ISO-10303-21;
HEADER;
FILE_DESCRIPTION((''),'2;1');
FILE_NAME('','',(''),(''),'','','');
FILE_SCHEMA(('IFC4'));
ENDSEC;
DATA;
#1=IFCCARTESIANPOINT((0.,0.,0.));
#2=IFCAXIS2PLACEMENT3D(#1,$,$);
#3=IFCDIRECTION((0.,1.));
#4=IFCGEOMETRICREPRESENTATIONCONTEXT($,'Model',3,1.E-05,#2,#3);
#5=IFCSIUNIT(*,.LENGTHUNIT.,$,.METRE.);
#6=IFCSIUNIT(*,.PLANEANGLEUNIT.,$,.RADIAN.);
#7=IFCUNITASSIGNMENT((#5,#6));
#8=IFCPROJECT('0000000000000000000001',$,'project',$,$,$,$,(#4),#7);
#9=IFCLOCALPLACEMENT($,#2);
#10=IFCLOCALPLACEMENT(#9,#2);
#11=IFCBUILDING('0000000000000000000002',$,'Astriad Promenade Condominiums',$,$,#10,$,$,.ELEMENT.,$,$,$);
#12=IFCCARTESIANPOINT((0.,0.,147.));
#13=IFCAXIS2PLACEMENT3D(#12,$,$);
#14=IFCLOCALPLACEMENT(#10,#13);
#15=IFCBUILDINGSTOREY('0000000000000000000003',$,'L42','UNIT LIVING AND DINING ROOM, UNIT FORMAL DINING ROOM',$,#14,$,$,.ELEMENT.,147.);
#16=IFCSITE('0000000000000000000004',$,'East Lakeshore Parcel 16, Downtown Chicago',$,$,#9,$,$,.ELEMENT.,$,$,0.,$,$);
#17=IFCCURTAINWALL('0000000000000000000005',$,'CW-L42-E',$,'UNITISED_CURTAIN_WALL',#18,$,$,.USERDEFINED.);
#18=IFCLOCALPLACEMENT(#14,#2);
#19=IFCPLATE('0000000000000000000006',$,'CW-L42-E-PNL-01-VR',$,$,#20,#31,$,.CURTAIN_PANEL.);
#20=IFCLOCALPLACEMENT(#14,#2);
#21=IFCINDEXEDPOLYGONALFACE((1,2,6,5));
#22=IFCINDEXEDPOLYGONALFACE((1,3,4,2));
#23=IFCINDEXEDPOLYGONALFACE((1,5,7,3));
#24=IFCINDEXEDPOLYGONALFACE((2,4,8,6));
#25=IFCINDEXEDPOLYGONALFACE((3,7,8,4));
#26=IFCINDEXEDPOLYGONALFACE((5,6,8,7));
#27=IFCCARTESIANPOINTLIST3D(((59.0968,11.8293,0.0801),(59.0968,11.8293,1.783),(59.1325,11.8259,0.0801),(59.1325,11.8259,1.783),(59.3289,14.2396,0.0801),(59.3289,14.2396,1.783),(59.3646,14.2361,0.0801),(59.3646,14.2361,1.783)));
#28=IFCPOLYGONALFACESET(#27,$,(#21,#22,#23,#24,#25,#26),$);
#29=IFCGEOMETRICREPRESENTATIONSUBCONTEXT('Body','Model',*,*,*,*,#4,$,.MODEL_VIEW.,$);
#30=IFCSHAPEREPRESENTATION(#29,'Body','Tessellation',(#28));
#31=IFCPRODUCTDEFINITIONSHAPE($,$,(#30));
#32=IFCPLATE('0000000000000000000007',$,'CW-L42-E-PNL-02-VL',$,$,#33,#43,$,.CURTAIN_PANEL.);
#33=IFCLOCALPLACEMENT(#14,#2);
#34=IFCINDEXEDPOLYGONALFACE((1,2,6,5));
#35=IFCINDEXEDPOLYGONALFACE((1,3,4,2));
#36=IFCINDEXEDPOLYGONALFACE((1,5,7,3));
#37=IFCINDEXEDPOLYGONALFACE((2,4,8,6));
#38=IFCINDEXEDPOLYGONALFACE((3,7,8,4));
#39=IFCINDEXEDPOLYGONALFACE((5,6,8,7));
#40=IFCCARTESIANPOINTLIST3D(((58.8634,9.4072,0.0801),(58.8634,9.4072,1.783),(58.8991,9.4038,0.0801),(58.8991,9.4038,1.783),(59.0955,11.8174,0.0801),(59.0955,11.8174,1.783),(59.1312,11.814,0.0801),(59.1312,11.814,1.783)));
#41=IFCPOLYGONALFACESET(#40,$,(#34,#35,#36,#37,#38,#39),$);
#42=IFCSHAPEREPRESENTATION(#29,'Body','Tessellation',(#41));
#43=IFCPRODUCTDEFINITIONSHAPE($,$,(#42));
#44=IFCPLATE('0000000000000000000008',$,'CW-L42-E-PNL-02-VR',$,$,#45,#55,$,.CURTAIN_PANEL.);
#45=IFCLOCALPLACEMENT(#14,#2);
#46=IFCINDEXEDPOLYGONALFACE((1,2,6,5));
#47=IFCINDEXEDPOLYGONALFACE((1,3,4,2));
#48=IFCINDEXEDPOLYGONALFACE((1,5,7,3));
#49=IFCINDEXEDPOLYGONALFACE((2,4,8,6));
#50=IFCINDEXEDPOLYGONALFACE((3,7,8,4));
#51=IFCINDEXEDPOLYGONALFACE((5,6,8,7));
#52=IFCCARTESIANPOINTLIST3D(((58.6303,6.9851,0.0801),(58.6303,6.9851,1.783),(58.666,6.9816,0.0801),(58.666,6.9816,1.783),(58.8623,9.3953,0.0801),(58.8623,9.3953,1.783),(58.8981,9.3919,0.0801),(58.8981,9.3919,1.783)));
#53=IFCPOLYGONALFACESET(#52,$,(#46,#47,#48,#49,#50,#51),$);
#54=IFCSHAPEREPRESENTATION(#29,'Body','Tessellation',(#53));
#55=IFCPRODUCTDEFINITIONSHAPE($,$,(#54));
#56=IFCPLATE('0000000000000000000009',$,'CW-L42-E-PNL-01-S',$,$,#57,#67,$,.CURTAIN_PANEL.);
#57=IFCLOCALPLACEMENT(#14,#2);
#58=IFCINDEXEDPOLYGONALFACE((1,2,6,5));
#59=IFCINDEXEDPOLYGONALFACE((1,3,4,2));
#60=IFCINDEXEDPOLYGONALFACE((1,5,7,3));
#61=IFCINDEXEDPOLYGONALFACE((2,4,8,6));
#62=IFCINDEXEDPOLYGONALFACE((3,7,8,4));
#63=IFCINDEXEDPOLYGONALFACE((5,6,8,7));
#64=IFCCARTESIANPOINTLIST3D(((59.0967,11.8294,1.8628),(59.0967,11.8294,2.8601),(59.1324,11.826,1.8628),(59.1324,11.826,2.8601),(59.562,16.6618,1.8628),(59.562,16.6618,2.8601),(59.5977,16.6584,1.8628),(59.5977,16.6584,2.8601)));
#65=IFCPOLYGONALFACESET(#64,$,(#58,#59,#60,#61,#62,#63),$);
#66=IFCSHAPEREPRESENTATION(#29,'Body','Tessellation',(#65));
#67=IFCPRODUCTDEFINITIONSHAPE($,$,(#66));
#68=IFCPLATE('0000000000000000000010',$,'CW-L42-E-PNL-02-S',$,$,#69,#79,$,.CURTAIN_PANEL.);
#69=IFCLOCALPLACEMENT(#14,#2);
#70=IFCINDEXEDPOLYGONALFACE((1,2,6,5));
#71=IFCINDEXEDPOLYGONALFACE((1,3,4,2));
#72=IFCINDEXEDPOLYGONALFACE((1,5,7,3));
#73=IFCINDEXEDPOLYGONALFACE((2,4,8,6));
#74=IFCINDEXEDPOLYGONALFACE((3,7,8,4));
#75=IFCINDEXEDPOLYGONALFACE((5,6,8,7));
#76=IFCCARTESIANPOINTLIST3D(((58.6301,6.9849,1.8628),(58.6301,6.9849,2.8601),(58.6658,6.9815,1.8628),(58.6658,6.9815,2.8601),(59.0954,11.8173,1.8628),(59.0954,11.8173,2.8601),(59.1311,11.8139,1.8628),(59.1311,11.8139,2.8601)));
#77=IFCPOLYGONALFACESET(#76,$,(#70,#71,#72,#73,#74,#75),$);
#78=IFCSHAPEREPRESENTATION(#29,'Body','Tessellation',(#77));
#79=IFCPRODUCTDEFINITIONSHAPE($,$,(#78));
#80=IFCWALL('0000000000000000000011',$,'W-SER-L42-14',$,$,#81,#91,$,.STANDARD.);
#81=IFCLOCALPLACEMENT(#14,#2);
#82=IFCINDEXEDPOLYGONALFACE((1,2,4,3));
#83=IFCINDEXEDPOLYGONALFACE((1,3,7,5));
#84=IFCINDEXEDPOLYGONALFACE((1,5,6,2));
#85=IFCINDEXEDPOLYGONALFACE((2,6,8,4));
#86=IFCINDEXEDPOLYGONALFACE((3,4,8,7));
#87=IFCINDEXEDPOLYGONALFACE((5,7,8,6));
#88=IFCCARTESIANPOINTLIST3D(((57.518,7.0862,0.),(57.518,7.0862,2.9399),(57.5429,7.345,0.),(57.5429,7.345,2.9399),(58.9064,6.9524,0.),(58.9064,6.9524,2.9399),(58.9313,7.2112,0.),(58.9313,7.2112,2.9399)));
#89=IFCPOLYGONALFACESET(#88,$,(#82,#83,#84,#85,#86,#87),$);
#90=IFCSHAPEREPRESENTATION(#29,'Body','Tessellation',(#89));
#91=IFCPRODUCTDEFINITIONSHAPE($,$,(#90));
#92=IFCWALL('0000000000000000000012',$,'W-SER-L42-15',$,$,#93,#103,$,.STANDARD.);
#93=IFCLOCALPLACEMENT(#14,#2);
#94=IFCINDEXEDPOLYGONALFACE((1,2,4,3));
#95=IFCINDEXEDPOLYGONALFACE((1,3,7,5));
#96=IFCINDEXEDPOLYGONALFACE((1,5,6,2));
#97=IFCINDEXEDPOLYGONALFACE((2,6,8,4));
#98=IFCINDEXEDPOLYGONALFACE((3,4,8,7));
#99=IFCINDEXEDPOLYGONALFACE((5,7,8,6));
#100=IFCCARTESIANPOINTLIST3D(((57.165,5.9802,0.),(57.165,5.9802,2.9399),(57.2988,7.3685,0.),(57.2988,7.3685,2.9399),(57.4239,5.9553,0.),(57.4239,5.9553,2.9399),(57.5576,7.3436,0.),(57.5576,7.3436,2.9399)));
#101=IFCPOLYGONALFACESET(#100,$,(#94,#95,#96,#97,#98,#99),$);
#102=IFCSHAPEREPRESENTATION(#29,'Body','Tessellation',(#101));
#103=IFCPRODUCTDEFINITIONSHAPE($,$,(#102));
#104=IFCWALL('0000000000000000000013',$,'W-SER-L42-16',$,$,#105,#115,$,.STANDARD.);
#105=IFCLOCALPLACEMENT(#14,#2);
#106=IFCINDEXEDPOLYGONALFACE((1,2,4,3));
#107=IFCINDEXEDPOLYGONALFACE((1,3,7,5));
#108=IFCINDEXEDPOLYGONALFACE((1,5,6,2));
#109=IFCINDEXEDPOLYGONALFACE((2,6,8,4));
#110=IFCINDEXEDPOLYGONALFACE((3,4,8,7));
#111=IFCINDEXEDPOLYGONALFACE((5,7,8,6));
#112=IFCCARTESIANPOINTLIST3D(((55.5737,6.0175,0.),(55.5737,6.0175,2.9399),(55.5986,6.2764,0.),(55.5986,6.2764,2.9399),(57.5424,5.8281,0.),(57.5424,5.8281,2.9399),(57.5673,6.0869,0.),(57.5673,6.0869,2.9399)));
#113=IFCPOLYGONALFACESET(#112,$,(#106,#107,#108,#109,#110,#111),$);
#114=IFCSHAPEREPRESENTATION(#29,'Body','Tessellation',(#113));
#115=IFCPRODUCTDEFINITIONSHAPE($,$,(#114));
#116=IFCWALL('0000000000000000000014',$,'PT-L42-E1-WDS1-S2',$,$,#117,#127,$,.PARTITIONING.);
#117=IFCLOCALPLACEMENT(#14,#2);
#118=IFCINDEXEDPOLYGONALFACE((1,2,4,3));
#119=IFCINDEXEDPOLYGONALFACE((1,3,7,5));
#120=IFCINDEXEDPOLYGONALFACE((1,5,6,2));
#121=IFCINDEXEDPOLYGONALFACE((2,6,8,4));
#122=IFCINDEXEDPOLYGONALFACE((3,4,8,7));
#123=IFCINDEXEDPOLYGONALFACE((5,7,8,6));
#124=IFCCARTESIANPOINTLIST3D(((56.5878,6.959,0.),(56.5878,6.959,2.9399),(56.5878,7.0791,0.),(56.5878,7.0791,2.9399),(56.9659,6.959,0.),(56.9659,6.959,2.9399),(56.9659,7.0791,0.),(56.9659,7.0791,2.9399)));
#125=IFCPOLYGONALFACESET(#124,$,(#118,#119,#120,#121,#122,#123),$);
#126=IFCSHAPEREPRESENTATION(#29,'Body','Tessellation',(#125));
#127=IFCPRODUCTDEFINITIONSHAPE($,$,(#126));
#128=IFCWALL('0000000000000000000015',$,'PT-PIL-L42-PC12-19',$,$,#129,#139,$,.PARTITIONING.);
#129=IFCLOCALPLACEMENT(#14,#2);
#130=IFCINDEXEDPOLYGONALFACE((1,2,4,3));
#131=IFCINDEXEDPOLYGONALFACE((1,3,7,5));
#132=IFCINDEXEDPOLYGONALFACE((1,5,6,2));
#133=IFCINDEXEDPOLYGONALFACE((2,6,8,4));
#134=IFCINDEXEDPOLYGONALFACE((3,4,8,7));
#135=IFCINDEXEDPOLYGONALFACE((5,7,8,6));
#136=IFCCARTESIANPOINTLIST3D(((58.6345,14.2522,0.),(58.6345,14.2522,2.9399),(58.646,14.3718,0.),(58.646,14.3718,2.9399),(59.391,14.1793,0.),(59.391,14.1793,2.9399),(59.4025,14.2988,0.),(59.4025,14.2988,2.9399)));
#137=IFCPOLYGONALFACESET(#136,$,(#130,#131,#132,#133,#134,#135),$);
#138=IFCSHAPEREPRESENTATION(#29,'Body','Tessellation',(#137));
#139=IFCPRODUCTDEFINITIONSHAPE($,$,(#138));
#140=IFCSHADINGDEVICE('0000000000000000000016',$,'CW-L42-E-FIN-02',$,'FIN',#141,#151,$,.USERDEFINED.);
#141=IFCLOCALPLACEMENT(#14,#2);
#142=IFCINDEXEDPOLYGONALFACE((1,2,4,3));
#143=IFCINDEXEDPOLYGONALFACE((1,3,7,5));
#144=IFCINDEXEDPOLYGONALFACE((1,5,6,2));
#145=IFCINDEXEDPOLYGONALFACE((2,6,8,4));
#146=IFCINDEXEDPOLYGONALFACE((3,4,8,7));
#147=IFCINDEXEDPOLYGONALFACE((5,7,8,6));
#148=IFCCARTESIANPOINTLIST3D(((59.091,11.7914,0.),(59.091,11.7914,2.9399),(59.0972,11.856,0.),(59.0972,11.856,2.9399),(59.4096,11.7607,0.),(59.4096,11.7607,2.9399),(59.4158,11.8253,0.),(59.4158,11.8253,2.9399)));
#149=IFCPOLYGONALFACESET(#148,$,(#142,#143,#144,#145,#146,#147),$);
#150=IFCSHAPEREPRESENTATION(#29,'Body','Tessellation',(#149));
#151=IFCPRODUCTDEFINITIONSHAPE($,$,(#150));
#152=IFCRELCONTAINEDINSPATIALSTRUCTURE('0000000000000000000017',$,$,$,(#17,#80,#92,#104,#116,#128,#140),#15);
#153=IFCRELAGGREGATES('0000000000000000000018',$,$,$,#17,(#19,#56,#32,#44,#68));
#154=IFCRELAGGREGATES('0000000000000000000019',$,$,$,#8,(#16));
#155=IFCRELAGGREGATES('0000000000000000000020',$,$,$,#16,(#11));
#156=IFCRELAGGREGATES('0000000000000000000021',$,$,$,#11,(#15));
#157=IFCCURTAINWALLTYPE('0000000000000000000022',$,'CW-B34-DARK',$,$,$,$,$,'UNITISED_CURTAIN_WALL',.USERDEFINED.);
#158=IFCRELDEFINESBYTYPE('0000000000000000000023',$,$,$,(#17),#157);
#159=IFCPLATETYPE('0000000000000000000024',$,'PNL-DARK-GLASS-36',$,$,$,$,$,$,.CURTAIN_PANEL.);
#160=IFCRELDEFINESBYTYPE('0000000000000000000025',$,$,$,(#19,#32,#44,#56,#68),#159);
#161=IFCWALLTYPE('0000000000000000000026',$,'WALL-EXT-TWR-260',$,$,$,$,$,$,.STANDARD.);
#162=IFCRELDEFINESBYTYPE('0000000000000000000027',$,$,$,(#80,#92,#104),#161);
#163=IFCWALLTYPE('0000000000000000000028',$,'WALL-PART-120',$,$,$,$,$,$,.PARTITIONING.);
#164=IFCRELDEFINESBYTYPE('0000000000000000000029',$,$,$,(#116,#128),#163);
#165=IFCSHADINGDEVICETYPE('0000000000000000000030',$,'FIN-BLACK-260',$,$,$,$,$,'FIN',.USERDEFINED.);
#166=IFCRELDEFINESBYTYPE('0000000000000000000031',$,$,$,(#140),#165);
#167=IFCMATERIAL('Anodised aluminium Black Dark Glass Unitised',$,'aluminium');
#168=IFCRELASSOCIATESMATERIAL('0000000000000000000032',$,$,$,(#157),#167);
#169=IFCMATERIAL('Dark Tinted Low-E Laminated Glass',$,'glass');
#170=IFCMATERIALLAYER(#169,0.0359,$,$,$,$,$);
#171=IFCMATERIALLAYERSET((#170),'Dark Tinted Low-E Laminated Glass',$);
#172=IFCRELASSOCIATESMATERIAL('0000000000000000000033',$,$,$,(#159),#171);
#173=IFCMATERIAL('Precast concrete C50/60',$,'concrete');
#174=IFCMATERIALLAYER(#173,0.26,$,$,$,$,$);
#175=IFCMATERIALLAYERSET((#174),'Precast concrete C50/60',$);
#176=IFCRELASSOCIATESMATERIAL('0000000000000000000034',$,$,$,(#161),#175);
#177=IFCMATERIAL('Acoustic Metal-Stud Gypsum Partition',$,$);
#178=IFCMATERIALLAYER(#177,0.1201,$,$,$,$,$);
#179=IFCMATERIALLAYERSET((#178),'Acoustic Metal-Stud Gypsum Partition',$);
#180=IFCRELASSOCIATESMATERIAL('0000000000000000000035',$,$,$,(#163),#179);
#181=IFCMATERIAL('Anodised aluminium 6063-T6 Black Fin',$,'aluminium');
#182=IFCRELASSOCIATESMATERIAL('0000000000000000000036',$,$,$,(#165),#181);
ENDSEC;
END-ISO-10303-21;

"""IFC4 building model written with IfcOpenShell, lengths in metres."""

from ifc_helpers import new_model, si_unit, direction, frame, frame_2d, origin, origin_2d, place, context, subcontext, project, spatial, rectangle, extrude, source, transform, mapped, material, layer, layer_set, type_object, type_shapes, element, aggregate, save


model = new_model("IFC4")

# Units and contexts
model_context = context("Model", 3, precision=1e-05, world=origin(), true_north=direction((0.0, 1.0)))
body_context = subcontext(model_context, "Body", "Model", "MODEL_VIEW")
ifc_project = project(units=[si_unit("LENGTHUNIT", "METRE"), si_unit("PLANEANGLEUNIT", "RADIAN")], contexts=[model_context])

# Site, building, storey
site_placement = place(None, origin())
site = spatial("IfcSite", under=ifc_project, at=site_placement, Name="East Lakeshore Parcel 16, Downtown Chicago", CompositionType="ELEMENT", RefElevation=0.0)
building_placement = place(site_placement, origin())
building = spatial("IfcBuilding", under=site, at=building_placement, Name="Astriad Promenade Condominiums", CompositionType="ELEMENT")
storey_placement = place(building_placement, frame((0.0, 0.0, 147.0)))
storey = spatial("IfcBuildingStorey", under=building, at=storey_placement, Name="L42", Description="UNIT LIVING AND DINING ROOM, UNIT FORMAL DINING ROOM", CompositionType="ELEMENT", Elevation=147.0)

# Curtain wall, plates
ifc_material_1 = material(Name="Anodised aluminium Black Dark Glass Unitised", Category="aluminium")
curtain_wall_type = type_object("IfcCurtainWallType", Name="CW-B34-DARK", ElementType="UNITISED_CURTAIN_WALL", PredefinedType="USERDEFINED", material=ifc_material_1)
curtain_wall_placement = place(storey_placement, origin())
curtain_wall = element("IfcCurtainWall", 1, at=curtain_wall_placement, inside=storey, type_object=curtain_wall_type, Name="CW-L42-E", ObjectType="UNITISED_CURTAIN_WALL", PredefinedType="USERDEFINED")
ifc_material_2 = material(Name="Dark Tinted Low-E Laminated Glass", Category="glass")
ifc_layer_1 = layer(ifc_material_2, 0.0359)
ifc_layer_set_1 = layer_set([ifc_layer_1], Name="Dark Tinted Low-E Laminated Glass")
plate_type = type_object("IfcPlateType", Name="PNL-DARK-GLASS-36", PredefinedType="CURTAIN_PANEL", material=ifc_layer_set_1)
shared_shape_1 = source(origin(), body_context, "Body", "SweptSolid", [
    extrude(rectangle(XDim=2.4214, YDim=0.0359, at=origin_2d()), origin(), (0.0, 0.0, 1.0), 1.7029),
])
plate_1_placement = place(storey_placement, frame((59.2307, 13.0327, 0.0801), z_axis=(0.0, 0.0, 1.0), x_axis=(-0.095846, -0.995396, 0.0)))
plate_1 = element("IfcPlate", 2, at=plate_1_placement, type_object=plate_type, Name="CW-L42-E-PNL-01-VR", PredefinedType="CURTAIN_PANEL", context=body_context, shape_type="MappedRepresentation", body=[
    mapped(shared_shape_1, transform((0.0, 0.0, 0.0), scale=1.0)),
])
plate_2_placement = place(storey_placement, frame((58.9973, 10.6106, 0.0801), z_axis=(0.0, 0.0, 1.0), x_axis=(-0.095846, -0.995396, 0.0)))
plate_2 = element("IfcPlate", 3, at=plate_2_placement, type_object=plate_type, Name="CW-L42-E-PNL-02-VL", PredefinedType="CURTAIN_PANEL", context=body_context, shape_type="MappedRepresentation", body=[
    mapped(shared_shape_1, transform((0.0, 0.0, 0.0), scale=1.0)),
])
plate_3_placement = place(storey_placement, frame((58.7642, 8.1885, 0.0801), z_axis=(0.0, 0.0, 1.0), x_axis=(-0.095846, -0.995396, 0.0)))
plate_3 = element("IfcPlate", 4, at=plate_3_placement, type_object=plate_type, Name="CW-L42-E-PNL-02-VR", PredefinedType="CURTAIN_PANEL", context=body_context, shape_type="MappedRepresentation", body=[
    mapped(shared_shape_1, transform((0.0, 0.0, 0.0), scale=1.0)),
])
shared_shape_2 = source(origin(), body_context, "Body", "SweptSolid", [
    extrude(rectangle(XDim=4.8547, YDim=0.0359, at=origin_2d()), origin(), (0.0, 0.0, 1.0), 0.9973),
])
type_shapes(plate_type, [shared_shape_1, shared_shape_2])
plate_4_placement = place(storey_placement, frame((59.3472, 14.2439, 1.8628), z_axis=(0.0, 0.0, 1.0), x_axis=(-0.095846, -0.995396, 0.0)))
plate_4 = element("IfcPlate", 5, at=plate_4_placement, type_object=plate_type, Name="CW-L42-E-PNL-01-S", PredefinedType="CURTAIN_PANEL", context=body_context, shape_type="MappedRepresentation", body=[
    mapped(shared_shape_2, transform((0.0, 0.0, 0.0), scale=1.0)),
])
plate_5_placement = place(storey_placement, frame((58.8806, 9.3994, 1.8628), z_axis=(0.0, 0.0, 1.0), x_axis=(-0.095846, -0.995396, 0.0)))
plate_5 = element("IfcPlate", 6, at=plate_5_placement, type_object=plate_type, Name="CW-L42-E-PNL-02-S", PredefinedType="CURTAIN_PANEL", context=body_context, shape_type="MappedRepresentation", body=[
    mapped(shared_shape_2, transform((0.0, 0.0, 0.0), scale=1.0)),
])
aggregate(curtain_wall, [plate_1, plate_4, plate_2, plate_3, plate_5])

# Walls
ifc_material_3 = material(Name="Precast concrete C50/60", Category="concrete")
ifc_layer_2 = layer(ifc_material_3, 0.26)
ifc_layer_set_2 = layer_set([ifc_layer_2], Name="Precast concrete C50/60")
wall_type_1 = type_object("IfcWallType", Name="WALL-EXT-TWR-260", PredefinedType="STANDARD", material=ifc_layer_set_2)
for number, where, z_axis, x_axis, name in (
    (7, (58.9187, 7.0818, 0.0), (0.0, 0.0, 1.0), (-0.995389, 0.095916, 0.0), "W-SER-L42-14"),
    (8, (57.4282, 7.356, 0.0), (0.0, 0.0, 1.0), (-0.095916, -0.995389, 0.0), "W-SER-L42-15"),
):
    element("IfcWall", number, at=place(storey_placement, frame(where, z_axis=z_axis, x_axis=x_axis)), inside=storey, type_object=wall_type_1, Name=name, PredefinedType="STANDARD", context=body_context, shape_type="SweptSolid", body=[
        extrude(rectangle(XDim=1.3948, YDim=0.26, at=frame_2d((0.6973, 0.0))), origin(), (0.0, 0.0, 1.0), 2.9399),
    ])
wall_1_placement = place(storey_placement, frame((57.5547, 5.9575, 0.0), z_axis=(0.0, 0.0, 1.0), x_axis=(-0.995402, 0.095788, 0.0)))
element("IfcWall", 9, at=wall_1_placement, inside=storey, type_object=wall_type_1, Name="W-SER-L42-16", PredefinedType="STANDARD", context=body_context, shape_type="SweptSolid", body=[
    extrude(rectangle(XDim=1.9778, YDim=0.26, at=frame_2d((0.9888, 0.0))), origin(), (0.0, 0.0, 1.0), 2.9399),
])
ifc_material_4 = material(Name="Acoustic Metal-Stud Gypsum Partition")
ifc_layer_3 = layer(ifc_material_4, 0.1201)
ifc_layer_set_3 = layer_set([ifc_layer_3], Name="Acoustic Metal-Stud Gypsum Partition")
wall_type_2 = type_object("IfcWallType", Name="WALL-PART-120", PredefinedType="PARTITIONING", material=ifc_layer_set_3)
wall_2_placement = place(storey_placement, frame((56.5879, 7.019, 0.0), z_axis=(0.0, 0.0, 1.0), x_axis=(1.0, 0.0, 0.0)))
element("IfcWall", 10, at=wall_2_placement, inside=storey, type_object=wall_type_2, Name="PT-L42-E1-WDS1-S2", PredefinedType="PARTITIONING", context=body_context, shape_type="SweptSolid", body=[
    extrude(rectangle(XDim=0.3782, YDim=0.1201, at=frame_2d((0.189, 0.0))), origin(), (0.0, 0.0, 1.0), 2.9399),
])
wall_3_placement = place(storey_placement, frame((58.6404, 14.312, 0.0), z_axis=(0.0, 0.0, 1.0), x_axis=(0.995378, -0.096037, 0.0)))
element("IfcWall", 11, at=wall_3_placement, inside=storey, type_object=wall_type_2, Name="PT-PIL-L42-PC12-19", PredefinedType="PARTITIONING", context=body_context, shape_type="SweptSolid", body=[
    extrude(rectangle(XDim=0.76, YDim=0.1201, at=frame_2d((0.3799, 0.0))), origin(), (0.0, 0.0, 1.0), 2.9399),
])

# Shading device
ifc_material_5 = material(Name="Anodised aluminium 6063-T6 Black Fin", Category="aluminium")
shading_device_type = type_object("IfcShadingDeviceType", Name="FIN-BLACK-260", ElementType="FIN", PredefinedType="USERDEFINED", material=ifc_material_5)
shared_shape_3 = source(origin(), body_context, "Body", "SweptSolid", [
    extrude(rectangle(XDim=0.0649, YDim=0.3201, at=origin_2d()), origin(), (0.0, 0.0, 1.0), 2.9399),
])
type_shapes(shading_device_type, [shared_shape_3])
shading_device_placement = place(storey_placement, frame((59.2534, 11.8083, 0.0), z_axis=(0.0, 0.0, 1.0), x_axis=(-0.095846, -0.995396, 0.0)))
element("IfcShadingDevice", 12, at=shading_device_placement, inside=storey, type_object=shading_device_type, Name="CW-L42-E-FIN-02", ObjectType="FIN", PredefinedType="USERDEFINED", context=body_context, shape_type="MappedRepresentation", body=[
    mapped(shared_shape_3, transform((0.0, 0.0, 0.0), scale=1.0)),
])

save(model, "model.ifc")
